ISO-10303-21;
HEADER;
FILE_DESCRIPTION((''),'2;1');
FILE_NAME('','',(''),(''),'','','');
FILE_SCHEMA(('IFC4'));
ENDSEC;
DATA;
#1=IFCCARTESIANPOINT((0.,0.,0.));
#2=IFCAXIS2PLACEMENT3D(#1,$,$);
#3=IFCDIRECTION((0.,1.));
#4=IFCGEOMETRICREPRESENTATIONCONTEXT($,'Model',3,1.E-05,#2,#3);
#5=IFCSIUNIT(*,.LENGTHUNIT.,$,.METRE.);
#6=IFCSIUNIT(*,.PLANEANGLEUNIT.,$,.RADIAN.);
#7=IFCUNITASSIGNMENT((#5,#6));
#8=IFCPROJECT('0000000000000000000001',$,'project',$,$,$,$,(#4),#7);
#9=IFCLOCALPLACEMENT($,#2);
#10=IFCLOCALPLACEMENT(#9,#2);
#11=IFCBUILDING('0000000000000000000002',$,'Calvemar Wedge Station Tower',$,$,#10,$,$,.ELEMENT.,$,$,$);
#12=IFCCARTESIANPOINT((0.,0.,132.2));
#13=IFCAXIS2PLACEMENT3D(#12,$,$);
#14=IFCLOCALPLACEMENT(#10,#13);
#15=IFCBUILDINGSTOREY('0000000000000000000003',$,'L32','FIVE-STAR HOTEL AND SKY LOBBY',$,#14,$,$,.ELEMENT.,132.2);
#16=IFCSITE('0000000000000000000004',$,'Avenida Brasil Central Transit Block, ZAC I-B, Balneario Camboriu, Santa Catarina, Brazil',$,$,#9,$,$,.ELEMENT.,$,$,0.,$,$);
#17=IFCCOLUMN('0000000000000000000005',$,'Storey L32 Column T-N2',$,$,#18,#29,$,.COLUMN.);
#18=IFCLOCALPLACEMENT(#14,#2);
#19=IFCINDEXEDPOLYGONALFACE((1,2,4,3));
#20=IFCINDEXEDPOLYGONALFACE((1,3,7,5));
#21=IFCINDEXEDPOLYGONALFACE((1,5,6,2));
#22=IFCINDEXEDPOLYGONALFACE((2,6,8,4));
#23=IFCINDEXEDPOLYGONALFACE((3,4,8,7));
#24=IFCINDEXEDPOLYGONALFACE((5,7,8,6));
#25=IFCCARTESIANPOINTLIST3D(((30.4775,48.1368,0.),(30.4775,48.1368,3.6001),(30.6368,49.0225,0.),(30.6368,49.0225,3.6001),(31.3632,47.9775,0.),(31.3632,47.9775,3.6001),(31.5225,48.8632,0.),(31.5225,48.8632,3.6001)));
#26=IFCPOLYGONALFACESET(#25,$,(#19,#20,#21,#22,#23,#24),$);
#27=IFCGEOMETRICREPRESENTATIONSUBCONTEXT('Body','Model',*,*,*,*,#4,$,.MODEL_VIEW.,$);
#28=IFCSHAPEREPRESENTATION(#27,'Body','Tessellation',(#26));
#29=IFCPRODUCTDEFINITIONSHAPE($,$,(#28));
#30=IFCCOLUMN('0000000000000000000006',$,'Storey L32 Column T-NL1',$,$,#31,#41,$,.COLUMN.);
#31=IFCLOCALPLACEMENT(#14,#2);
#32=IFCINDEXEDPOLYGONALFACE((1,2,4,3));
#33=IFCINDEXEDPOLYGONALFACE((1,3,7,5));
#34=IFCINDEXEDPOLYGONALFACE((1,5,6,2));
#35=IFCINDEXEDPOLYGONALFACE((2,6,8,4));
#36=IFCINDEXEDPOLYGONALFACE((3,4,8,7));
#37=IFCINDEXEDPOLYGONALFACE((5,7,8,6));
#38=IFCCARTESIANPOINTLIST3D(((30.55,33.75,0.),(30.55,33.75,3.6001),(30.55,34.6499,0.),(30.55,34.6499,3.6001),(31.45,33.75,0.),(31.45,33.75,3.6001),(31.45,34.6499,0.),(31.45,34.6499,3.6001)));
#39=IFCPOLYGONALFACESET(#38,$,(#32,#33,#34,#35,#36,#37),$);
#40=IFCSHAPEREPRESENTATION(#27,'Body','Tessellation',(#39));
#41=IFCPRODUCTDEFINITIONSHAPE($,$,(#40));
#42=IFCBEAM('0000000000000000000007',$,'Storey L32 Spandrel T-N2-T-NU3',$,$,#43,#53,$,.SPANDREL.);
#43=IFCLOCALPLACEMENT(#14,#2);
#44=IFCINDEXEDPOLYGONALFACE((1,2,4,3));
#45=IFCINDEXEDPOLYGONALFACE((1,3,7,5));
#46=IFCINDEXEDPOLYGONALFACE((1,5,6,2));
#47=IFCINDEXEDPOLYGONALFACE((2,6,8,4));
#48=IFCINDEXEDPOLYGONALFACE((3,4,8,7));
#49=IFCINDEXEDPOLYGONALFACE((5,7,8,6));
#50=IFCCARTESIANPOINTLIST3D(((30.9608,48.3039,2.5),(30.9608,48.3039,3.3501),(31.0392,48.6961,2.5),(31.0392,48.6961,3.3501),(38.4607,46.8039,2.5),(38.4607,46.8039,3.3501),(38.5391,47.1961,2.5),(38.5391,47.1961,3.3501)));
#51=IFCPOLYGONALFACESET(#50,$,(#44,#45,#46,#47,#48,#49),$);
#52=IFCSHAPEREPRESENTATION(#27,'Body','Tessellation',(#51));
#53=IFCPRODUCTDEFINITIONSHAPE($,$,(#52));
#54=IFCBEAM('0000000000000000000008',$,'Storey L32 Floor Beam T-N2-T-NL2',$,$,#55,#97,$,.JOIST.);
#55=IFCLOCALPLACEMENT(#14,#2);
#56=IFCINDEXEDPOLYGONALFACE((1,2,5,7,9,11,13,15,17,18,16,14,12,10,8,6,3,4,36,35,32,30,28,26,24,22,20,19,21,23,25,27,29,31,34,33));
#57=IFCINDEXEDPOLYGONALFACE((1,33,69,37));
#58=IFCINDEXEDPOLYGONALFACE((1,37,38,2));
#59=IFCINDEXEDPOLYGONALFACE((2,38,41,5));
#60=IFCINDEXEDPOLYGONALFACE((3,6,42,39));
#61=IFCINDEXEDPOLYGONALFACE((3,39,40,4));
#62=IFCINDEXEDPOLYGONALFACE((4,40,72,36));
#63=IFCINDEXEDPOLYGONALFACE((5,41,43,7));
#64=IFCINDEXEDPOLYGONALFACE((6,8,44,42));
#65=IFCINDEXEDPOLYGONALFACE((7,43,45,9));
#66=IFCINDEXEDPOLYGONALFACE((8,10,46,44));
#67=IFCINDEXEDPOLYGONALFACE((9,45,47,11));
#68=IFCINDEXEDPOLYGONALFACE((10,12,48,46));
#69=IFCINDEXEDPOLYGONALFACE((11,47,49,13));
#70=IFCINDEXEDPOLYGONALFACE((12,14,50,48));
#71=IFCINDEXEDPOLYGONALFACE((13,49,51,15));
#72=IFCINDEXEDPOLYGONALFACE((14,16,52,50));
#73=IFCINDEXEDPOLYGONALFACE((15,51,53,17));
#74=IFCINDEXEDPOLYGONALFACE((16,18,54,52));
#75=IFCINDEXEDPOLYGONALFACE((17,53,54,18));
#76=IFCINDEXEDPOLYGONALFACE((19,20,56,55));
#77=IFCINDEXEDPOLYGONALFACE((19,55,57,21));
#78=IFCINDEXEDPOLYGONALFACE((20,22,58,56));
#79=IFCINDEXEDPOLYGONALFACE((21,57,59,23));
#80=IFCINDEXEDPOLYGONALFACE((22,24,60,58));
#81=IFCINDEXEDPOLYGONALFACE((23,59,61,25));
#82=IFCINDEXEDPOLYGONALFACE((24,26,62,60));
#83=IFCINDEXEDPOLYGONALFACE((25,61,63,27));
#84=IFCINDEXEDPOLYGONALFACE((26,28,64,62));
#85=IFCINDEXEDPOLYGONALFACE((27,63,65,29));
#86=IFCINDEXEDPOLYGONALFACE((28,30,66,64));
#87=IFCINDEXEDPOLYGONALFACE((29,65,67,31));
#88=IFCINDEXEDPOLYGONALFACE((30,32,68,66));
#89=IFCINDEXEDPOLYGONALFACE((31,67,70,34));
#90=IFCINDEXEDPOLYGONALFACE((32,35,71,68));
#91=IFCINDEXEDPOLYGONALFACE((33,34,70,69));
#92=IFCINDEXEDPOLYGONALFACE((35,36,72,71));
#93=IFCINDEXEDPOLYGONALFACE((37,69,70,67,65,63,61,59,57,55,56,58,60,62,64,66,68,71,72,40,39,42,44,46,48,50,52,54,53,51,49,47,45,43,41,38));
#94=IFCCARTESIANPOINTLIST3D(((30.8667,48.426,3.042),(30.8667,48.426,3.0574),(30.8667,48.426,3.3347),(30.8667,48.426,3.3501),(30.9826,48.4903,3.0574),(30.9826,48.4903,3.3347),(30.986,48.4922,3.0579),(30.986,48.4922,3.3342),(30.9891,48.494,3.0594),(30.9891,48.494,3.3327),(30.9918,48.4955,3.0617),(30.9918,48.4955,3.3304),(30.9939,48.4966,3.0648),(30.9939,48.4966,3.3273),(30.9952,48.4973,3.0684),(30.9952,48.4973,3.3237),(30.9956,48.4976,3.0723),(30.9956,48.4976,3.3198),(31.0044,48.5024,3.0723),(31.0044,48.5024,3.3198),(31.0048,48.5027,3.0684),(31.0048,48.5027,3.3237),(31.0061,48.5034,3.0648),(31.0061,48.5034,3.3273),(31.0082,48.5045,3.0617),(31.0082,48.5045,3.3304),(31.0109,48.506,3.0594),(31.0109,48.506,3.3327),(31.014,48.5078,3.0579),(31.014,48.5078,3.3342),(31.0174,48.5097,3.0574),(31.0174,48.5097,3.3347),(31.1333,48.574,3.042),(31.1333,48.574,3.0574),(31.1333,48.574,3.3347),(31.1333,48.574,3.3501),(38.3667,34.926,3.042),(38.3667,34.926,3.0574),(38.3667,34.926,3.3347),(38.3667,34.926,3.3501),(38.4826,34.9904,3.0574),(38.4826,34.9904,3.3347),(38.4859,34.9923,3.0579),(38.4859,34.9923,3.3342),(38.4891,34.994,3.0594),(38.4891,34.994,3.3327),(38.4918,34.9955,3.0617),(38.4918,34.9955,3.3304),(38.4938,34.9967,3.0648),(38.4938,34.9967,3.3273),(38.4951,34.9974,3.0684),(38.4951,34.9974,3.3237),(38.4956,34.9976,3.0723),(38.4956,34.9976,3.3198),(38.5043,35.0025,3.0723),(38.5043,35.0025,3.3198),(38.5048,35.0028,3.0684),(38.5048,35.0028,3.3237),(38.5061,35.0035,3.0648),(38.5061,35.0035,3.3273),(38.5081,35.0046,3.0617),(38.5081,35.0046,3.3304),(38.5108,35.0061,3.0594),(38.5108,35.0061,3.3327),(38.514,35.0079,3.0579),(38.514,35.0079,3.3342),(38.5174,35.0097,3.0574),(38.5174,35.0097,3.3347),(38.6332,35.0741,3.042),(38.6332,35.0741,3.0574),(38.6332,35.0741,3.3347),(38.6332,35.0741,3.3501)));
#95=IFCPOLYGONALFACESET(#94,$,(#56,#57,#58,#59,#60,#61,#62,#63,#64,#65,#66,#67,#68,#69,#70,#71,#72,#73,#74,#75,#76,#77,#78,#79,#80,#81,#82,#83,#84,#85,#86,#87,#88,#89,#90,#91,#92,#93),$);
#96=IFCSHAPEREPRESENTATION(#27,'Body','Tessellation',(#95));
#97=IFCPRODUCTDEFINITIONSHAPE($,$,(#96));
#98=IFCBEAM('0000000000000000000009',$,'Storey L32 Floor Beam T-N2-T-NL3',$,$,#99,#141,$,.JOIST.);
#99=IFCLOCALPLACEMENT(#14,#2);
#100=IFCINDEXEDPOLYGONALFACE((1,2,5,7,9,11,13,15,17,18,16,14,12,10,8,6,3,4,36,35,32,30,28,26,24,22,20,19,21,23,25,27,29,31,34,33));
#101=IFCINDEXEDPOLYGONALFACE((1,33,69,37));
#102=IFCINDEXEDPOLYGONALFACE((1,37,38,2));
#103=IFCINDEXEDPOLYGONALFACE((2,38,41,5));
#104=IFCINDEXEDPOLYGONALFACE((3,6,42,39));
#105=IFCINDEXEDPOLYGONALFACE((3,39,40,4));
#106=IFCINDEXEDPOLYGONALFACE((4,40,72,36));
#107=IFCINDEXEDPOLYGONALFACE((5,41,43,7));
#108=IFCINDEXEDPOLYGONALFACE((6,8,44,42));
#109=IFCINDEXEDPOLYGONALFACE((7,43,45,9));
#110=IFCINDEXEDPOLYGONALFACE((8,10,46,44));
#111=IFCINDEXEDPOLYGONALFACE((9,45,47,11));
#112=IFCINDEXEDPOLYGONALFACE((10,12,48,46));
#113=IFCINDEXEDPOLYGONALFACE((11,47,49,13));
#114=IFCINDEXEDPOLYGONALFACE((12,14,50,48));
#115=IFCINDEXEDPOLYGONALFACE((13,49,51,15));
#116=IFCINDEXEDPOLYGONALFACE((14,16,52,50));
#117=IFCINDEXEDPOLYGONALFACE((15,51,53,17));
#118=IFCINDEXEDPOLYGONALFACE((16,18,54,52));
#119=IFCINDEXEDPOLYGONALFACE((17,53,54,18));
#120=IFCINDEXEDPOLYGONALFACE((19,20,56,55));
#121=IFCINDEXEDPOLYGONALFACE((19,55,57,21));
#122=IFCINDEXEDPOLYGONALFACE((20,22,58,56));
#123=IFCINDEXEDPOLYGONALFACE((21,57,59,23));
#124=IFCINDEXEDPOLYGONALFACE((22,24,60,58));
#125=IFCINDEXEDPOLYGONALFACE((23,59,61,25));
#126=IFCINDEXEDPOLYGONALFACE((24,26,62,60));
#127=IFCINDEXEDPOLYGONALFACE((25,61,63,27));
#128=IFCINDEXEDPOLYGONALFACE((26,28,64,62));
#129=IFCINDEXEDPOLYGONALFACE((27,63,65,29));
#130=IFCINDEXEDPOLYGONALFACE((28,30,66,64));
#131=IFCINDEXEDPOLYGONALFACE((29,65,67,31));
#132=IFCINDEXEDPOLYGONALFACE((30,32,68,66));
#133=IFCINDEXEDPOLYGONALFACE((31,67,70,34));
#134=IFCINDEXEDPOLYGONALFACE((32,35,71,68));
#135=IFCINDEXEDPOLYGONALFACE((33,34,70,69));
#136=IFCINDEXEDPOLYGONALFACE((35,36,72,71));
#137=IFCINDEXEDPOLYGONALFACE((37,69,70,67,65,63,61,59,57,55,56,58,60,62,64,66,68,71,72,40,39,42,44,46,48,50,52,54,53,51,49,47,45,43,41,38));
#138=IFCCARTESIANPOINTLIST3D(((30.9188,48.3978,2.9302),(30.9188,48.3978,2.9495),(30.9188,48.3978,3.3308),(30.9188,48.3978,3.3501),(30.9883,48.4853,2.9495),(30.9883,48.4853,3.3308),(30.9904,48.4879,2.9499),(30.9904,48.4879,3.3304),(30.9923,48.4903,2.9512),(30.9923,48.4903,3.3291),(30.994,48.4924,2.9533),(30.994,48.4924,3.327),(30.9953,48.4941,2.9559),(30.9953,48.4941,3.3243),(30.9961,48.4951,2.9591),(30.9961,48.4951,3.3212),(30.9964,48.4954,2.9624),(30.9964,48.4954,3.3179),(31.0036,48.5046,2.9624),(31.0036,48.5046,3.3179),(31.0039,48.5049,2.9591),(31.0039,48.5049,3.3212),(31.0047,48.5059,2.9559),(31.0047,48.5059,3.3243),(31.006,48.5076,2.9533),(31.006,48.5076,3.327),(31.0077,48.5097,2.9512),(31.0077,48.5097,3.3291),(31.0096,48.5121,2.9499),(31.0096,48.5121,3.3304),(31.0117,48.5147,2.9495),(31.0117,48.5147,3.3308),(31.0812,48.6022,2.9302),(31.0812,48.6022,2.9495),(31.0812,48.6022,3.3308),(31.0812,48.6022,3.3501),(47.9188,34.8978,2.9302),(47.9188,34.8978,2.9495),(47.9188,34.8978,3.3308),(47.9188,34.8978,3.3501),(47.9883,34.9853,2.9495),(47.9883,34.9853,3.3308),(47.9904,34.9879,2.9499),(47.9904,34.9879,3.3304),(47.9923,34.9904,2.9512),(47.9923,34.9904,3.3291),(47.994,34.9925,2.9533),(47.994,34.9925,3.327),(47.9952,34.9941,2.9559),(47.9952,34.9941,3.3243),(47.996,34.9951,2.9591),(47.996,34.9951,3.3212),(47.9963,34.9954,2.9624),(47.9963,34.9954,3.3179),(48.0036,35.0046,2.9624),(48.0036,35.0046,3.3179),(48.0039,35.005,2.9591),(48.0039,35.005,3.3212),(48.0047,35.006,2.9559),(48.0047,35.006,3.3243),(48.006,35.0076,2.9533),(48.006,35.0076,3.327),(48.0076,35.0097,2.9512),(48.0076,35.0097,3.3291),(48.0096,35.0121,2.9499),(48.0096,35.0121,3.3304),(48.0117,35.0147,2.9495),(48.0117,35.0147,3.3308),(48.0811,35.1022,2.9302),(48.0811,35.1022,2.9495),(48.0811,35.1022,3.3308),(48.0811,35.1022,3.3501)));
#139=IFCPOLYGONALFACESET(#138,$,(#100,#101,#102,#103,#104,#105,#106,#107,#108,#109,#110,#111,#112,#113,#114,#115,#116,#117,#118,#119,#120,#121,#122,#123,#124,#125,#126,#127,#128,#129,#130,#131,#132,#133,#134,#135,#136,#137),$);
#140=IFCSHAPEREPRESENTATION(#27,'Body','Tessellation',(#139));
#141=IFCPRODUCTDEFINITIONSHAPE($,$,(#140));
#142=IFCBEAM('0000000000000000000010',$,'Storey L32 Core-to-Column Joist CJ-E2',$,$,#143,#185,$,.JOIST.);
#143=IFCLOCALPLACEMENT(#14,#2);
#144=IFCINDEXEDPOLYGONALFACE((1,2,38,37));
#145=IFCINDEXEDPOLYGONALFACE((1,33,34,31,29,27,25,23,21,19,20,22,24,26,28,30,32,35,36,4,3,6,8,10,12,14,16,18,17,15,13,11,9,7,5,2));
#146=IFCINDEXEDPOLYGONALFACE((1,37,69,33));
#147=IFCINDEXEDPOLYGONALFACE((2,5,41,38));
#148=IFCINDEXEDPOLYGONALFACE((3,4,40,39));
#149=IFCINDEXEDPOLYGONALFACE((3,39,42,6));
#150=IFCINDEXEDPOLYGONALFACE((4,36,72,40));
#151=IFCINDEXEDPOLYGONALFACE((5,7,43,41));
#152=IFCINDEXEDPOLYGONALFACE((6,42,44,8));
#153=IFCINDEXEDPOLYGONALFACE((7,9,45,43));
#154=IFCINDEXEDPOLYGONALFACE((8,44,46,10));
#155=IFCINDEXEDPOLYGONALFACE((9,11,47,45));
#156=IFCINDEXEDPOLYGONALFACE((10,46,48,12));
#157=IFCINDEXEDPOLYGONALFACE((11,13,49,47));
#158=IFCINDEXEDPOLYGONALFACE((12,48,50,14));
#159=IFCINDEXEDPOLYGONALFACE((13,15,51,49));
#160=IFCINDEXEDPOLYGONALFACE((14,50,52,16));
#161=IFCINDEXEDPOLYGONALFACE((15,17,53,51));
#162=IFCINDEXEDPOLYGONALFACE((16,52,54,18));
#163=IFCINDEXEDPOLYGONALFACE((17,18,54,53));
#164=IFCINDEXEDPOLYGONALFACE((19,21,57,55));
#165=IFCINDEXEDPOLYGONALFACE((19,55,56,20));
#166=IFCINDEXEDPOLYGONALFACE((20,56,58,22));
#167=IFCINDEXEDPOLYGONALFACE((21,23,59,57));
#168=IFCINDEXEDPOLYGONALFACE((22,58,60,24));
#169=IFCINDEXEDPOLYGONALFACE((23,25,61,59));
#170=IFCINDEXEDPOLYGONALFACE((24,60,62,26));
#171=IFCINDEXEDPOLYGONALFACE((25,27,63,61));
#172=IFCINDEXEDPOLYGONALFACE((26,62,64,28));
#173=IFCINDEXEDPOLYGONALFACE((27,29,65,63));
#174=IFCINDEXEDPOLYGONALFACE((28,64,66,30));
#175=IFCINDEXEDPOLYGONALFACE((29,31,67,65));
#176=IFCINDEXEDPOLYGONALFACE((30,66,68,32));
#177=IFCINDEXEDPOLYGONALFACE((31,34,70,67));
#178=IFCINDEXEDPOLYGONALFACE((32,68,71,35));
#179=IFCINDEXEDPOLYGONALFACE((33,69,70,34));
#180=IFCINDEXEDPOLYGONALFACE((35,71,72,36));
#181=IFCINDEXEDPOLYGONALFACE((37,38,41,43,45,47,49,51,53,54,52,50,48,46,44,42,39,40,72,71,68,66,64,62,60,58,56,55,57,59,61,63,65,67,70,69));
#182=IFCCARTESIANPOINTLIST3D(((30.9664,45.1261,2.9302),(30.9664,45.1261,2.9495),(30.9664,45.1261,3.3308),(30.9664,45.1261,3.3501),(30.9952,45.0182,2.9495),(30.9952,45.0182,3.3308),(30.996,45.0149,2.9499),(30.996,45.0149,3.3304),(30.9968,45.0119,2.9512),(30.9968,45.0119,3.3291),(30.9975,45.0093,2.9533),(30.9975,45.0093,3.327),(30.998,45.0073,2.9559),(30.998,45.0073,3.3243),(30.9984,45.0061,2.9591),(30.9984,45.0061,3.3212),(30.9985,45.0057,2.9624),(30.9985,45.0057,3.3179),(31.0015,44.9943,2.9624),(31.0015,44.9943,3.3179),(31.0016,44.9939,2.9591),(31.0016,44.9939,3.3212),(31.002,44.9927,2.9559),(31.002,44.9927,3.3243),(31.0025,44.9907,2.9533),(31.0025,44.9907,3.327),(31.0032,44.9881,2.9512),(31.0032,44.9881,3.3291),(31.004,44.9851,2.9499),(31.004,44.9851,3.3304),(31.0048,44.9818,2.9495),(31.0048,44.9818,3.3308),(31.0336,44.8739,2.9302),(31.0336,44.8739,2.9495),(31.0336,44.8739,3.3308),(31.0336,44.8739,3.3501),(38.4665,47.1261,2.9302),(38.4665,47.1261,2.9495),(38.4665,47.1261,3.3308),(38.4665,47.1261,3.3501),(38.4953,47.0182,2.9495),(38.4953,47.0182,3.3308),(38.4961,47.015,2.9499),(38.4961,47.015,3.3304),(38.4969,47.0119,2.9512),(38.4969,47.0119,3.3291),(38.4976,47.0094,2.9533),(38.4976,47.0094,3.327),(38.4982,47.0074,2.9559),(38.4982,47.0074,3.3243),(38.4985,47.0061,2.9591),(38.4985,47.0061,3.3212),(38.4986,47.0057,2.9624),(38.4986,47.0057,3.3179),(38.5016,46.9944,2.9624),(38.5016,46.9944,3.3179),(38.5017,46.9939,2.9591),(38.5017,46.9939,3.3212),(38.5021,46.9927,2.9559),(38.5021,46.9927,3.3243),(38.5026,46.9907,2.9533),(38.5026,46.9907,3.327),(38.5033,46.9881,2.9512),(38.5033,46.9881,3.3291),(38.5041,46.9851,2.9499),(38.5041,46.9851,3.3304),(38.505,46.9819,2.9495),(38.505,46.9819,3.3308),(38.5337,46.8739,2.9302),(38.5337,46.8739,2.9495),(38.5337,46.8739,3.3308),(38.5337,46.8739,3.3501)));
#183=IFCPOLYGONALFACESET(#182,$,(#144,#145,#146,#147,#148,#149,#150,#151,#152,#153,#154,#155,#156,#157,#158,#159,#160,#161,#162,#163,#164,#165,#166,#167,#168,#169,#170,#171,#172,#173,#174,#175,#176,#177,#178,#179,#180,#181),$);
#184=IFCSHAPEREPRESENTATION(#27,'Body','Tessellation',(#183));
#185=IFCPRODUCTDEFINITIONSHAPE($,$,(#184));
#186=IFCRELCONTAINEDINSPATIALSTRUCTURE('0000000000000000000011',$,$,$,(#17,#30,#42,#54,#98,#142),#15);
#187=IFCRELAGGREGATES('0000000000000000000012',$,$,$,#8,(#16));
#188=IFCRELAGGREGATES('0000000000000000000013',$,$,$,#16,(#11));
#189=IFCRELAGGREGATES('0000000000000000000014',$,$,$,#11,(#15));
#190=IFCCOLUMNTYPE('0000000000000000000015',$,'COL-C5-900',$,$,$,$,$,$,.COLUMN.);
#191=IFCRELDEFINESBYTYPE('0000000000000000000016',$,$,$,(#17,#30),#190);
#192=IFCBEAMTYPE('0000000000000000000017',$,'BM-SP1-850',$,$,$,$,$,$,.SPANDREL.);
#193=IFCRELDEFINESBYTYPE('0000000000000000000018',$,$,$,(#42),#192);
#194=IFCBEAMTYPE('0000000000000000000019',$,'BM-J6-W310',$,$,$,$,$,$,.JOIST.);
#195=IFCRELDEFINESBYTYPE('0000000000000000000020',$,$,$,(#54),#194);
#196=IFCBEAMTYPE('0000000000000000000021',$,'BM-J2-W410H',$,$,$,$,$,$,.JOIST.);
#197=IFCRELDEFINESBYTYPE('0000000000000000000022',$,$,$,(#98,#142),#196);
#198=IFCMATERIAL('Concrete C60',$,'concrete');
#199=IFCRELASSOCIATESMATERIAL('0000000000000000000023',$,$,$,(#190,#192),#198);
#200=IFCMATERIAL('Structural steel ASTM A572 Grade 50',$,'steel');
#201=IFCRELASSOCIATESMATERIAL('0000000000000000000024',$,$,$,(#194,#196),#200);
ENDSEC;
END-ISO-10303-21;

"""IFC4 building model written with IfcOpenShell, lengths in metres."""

from ifc_helpers import new_model, si_unit, direction, frame, origin, origin_2d, place, context, subcontext, project, spatial, rectangle, i_section, extrude, source, transform, mapped, material, material_profile, profile_set, type_object, element, save


model = new_model("IFC4")

# Units and contexts
model_context = context("Model", 3, precision=1e-05, world=origin(), true_north=direction((0.0, 1.0)))
body_context = subcontext(model_context, "Body", "Model", "MODEL_VIEW")
ifc_project = project(units=[si_unit("LENGTHUNIT", "METRE"), si_unit("PLANEANGLEUNIT", "RADIAN")], contexts=[model_context])

# Site, building, storey
site_placement = place(None, origin())
site = spatial("IfcSite", under=ifc_project, at=site_placement, Name="Avenida Brasil Central Transit Block, ZAC I-B, Balneario Camboriu, Santa Catarina, Brazil", CompositionType="ELEMENT", RefElevation=0.0)
building_placement = place(site_placement, origin())
building = spatial("IfcBuilding", under=site, at=building_placement, Name="Calvemar Wedge Station Tower", CompositionType="ELEMENT")
storey_placement = place(building_placement, frame((0.0, 0.0, 132.2)))
storey = spatial("IfcBuildingStorey", under=building, at=storey_placement, Name="L32", Description="FIVE-STAR HOTEL AND SKY LOBBY", CompositionType="ELEMENT", Elevation=132.2)

# Columns
ifc_material_1 = material(Name="Concrete C60", Category="concrete")
ifc_material_profile_1 = material_profile(ifc_material_1, rectangle(XDim=0.8999, YDim=0.8999, at=origin_2d()), Name="RC900x900")
ifc_profile_set_1 = profile_set([ifc_material_profile_1], Name="Concrete C60")
column_type = type_object("IfcColumnType", Name="COL-C5-900", PredefinedType="COLUMN", material=ifc_profile_set_1)
shared_shape_1 = source(origin(), body_context, "Body", "SweptSolid", [
    extrude(rectangle(XDim=0.8999, YDim=0.8999, at=origin_2d()), origin(), (0.0, 0.0, 1.0), 3.6001),
])
for number, where, z_axis, x_axis, name in (
    (1, (31.0, 48.5, 0.0), (0.0, 0.0, 1.0), (0.984196, -0.177085, 0.0), "Storey L32 Column T-N2"),
    (2, (31.0, 34.2, 0.0), (0.0, 0.0, 1.0), (1.0, 0.0, 0.0), "Storey L32 Column T-NL1"),
):
    element("IfcColumn", number, at=place(storey_placement, frame(where, z_axis=z_axis, x_axis=x_axis)), inside=storey, type_object=column_type, Name=name, PredefinedType="COLUMN", context=body_context, shape_type="MappedRepresentation", body=[
        mapped(shared_shape_1, transform((0.0, 0.0, 0.0), scale=1.0)),
    ])

# Beams
ifc_material_profile_2 = material_profile(ifc_material_1, rectangle(XDim=0.3999, YDim=0.8501, at=origin_2d()), Name="RC400x850")
ifc_profile_set_2 = profile_set([ifc_material_profile_2], Name="Concrete C60")
beam_type_1 = type_object("IfcBeamType", Name="BM-SP1-850", PredefinedType="SPANDREL", material=ifc_profile_set_2)
shared_shape_2 = source(origin(), body_context, "Body", "SweptSolid", [
    extrude(rectangle(XDim=0.3999, YDim=0.8501, at=origin_2d()), origin(), (0.0, 0.0, 1.0), 7.6484),
])
beam_1_placement = place(storey_placement, frame((31.0, 48.5, 2.925), z_axis=(0.980581, -0.196116, 0.0), x_axis=(0.196116, 0.980581, 0.0)))
element("IfcBeam", 3, at=beam_1_placement, inside=storey, type_object=beam_type_1, Name="Storey L32 Spandrel T-N2-T-NU3", PredefinedType="SPANDREL", context=body_context, shape_type="MappedRepresentation", body=[
    mapped(shared_shape_2, transform((0.0, 0.0, 0.0), scale=1.0)),
])
ifc_material_2 = material(Name="Structural steel ASTM A572 Grade 50", Category="steel")
ifc_material_profile_3 = material_profile(ifc_material_2, i_section(OverallWidth=0.3049, OverallDepth=0.3081, WebThickness=0.01, FlangeThickness=0.0154, FilletRadius=0.0149, at=origin_2d()), Name="W310x97")
ifc_profile_set_3 = profile_set([ifc_material_profile_3], Name="Structural steel ASTM A572 Grade 50")
beam_type_2 = type_object("IfcBeamType", Name="BM-J6-W310", PredefinedType="JOIST", material=ifc_profile_set_3)
shared_shape_3 = source(origin(), body_context, "Body", "SweptSolid", [
    extrude(i_section(OverallWidth=0.3049, OverallDepth=0.3081, WebThickness=0.01, FlangeThickness=0.0154, FilletRadius=0.0149, at=origin_2d()), origin(), (0.0, 0.0, 1.0), 15.4434),
])
beam_2_placement = place(storey_placement, frame((31.0, 48.5, 3.196), z_axis=(0.485643, -0.874157, 0.0), x_axis=(0.874157, 0.485643, 0.0)))
element("IfcBeam", 4, at=beam_2_placement, inside=storey, type_object=beam_type_2, Name="Storey L32 Floor Beam T-N2-T-NL2", PredefinedType="JOIST", context=body_context, shape_type="MappedRepresentation", body=[
    mapped(shared_shape_3, transform((0.0, 0.0, 0.0), scale=1.0)),
])
ifc_material_profile_4 = material_profile(ifc_material_2, i_section(OverallWidth=0.261, OverallDepth=0.4199, WebThickness=0.0117, FlangeThickness=0.0193, FilletRadius=0.0129, at=origin_2d()), Name="W410x114")
ifc_profile_set_4 = profile_set([ifc_material_profile_4], Name="Structural steel ASTM A572 Grade 50")
beam_type_3 = type_object("IfcBeamType", Name="BM-J2-W410H", PredefinedType="JOIST", material=ifc_profile_set_4)
shared_shape_4 = source(origin(), body_context, "Body", "SweptSolid", [
    extrude(i_section(OverallWidth=0.261, OverallDepth=0.4199, WebThickness=0.0117, FlangeThickness=0.0193, FilletRadius=0.0129, at=origin_2d()), origin(), (0.0, 0.0, 1.0), 21.7083),
])
beam_3_placement = place(storey_placement, frame((31.0, 48.5, 3.1401), z_axis=(0.783111, -0.621882, 0.0), x_axis=(0.621882, 0.783111, 0.0)))
element("IfcBeam", 5, at=beam_3_placement, inside=storey, type_object=beam_type_3, Name="Storey L32 Floor Beam T-N2-T-NL3", PredefinedType="JOIST", context=body_context, shape_type="MappedRepresentation", body=[
    mapped(shared_shape_4, transform((0.0, 0.0, 0.0), scale=1.0)),
])
shared_shape_5 = source(origin(), body_context, "Body", "SweptSolid", [
    extrude(i_section(OverallWidth=0.261, OverallDepth=0.4199, WebThickness=0.0117, FlangeThickness=0.0193, FilletRadius=0.0129, at=origin_2d()), origin(), (0.0, 0.0, 1.0), 7.7622),
])
beam_4_placement = place(storey_placement, frame((31.0, 45.0, 3.1401), z_axis=(0.966235, 0.257663, 0.0), x_axis=(-0.257663, 0.966235, 0.0)))
element("IfcBeam", 6, at=beam_4_placement, inside=storey, type_object=beam_type_3, Name="Storey L32 Core-to-Column Joist CJ-E2", PredefinedType="JOIST", context=body_context, shape_type="MappedRepresentation", body=[
    mapped(shared_shape_5, transform((0.0, 0.0, 0.0), scale=1.0)),
])

save(model, "model.ifc")
